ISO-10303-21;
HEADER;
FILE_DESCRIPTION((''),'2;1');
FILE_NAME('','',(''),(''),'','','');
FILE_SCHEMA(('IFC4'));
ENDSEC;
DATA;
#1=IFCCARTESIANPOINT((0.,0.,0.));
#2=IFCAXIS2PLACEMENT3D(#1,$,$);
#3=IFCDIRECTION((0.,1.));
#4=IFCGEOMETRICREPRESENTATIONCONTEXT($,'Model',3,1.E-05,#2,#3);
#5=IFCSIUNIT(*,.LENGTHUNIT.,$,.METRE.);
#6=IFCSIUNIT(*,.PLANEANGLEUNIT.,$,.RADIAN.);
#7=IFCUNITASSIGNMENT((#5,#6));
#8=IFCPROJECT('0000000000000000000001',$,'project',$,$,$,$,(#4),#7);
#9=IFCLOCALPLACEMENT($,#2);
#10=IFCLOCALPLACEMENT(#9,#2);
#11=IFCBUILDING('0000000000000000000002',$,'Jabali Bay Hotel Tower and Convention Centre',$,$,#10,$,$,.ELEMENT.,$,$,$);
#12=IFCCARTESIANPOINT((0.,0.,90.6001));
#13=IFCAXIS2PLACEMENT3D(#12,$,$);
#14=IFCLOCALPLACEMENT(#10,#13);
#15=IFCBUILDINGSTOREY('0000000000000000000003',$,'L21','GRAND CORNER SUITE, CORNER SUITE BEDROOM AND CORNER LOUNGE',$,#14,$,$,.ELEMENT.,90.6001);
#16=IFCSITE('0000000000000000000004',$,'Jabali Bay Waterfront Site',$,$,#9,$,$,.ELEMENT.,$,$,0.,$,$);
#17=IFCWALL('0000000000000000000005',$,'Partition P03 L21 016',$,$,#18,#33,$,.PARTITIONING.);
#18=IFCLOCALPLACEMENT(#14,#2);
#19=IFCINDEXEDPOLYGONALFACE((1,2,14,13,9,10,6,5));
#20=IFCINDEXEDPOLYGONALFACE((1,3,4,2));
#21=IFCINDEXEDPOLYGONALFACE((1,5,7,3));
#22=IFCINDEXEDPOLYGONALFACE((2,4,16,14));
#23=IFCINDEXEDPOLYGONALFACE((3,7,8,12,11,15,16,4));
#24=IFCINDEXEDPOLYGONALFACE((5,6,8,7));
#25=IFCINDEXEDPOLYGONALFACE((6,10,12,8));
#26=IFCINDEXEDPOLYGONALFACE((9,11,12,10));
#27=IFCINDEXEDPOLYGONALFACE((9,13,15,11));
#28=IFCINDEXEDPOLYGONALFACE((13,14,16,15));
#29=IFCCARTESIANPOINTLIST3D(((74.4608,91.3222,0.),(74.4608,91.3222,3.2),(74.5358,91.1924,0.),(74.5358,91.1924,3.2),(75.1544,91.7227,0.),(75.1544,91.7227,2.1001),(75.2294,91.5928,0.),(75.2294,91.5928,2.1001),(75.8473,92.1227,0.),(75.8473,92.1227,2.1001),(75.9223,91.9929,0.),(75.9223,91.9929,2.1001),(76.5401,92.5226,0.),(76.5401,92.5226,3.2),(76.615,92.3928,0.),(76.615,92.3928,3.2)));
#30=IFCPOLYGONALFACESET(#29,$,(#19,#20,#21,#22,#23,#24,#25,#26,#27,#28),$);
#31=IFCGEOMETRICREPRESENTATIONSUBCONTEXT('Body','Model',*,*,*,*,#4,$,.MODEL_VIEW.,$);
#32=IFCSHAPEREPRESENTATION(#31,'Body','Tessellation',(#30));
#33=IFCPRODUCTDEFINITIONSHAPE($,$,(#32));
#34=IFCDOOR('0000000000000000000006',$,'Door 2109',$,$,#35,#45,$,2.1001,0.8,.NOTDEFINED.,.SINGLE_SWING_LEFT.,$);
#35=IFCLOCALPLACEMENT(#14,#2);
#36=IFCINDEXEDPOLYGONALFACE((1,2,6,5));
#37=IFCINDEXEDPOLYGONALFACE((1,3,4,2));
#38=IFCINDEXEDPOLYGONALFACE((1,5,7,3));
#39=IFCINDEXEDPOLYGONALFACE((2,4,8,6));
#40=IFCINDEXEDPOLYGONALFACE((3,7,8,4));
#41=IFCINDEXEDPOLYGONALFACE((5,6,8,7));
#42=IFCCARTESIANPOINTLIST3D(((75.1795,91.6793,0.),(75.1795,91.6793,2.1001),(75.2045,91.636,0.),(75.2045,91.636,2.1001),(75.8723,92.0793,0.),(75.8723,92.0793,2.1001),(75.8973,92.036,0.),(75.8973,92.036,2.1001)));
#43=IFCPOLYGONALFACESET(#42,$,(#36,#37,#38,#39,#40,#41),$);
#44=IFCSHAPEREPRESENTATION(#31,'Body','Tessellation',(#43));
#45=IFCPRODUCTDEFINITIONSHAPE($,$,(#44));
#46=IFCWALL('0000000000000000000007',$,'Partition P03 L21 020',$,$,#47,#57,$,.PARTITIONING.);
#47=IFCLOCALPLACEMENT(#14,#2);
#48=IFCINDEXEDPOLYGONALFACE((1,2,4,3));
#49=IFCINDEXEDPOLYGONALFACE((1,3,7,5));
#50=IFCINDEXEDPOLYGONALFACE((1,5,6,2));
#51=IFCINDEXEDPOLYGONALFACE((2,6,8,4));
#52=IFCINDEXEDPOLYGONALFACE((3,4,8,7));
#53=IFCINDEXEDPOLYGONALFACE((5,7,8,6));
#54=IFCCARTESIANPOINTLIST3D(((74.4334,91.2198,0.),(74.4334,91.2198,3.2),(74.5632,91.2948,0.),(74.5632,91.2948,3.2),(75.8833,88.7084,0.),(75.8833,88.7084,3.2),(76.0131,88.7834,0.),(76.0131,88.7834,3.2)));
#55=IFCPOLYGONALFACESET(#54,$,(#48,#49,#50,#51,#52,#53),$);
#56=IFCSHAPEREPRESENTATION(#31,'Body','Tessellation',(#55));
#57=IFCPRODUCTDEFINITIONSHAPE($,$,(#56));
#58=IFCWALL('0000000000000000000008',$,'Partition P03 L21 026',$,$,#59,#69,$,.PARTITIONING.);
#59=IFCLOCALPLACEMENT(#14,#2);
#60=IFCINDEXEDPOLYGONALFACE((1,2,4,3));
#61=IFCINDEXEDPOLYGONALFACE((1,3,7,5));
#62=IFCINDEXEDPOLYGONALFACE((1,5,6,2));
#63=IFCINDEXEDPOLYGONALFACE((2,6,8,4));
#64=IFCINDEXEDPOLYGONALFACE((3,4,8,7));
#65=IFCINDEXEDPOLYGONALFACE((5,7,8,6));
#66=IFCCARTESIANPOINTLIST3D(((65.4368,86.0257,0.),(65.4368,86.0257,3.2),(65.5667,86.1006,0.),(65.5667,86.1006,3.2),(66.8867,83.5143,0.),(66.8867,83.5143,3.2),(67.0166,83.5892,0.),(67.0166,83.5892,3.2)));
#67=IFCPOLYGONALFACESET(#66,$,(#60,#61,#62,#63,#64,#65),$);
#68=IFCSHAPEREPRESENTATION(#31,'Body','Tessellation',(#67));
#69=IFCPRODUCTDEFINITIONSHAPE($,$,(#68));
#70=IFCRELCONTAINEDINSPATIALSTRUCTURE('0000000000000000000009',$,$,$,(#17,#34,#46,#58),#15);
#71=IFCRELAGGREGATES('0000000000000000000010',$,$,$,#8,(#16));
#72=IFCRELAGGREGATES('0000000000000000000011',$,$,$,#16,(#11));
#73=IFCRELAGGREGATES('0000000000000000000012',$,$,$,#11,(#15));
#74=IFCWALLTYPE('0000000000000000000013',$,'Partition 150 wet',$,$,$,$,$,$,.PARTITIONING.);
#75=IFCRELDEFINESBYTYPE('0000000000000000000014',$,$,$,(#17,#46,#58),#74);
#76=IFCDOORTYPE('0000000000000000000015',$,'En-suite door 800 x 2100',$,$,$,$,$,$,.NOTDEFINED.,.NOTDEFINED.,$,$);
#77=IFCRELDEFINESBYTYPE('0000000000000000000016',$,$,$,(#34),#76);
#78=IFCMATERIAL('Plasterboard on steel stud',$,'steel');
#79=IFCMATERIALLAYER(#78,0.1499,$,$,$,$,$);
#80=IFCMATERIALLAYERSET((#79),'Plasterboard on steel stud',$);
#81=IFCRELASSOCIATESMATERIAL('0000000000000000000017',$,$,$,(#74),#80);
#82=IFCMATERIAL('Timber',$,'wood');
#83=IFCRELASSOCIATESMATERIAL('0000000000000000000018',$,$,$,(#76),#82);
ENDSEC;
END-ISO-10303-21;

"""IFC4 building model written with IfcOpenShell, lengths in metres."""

from ifc_helpers import new_model, si_unit, direction, frame, frame_2d, origin, place, context, subcontext, project, spatial, rectangle, extrude, material, layer, layer_set, type_object, element, fill, save


model = new_model("IFC4")

# Units and contexts
model_context = context("Model", 3, precision=1e-05, world=origin(), true_north=direction((0.0, 1.0)))
body_context = subcontext(model_context, "Body", "Model", "MODEL_VIEW")
ifc_project = project(units=[si_unit("LENGTHUNIT", "METRE"), si_unit("PLANEANGLEUNIT", "RADIAN")], contexts=[model_context])

# Site, building, storey
site_placement = place(None, origin())
site = spatial("IfcSite", under=ifc_project, at=site_placement, Name="Jabali Bay Waterfront Site", CompositionType="ELEMENT", RefElevation=0.0)
building_placement = place(site_placement, origin())
building = spatial("IfcBuilding", under=site, at=building_placement, Name="Jabali Bay Hotel Tower and Convention Centre", CompositionType="ELEMENT")
storey_placement = place(building_placement, frame((0.0, 0.0, 90.6001)))
storey = spatial("IfcBuildingStorey", under=building, at=storey_placement, Name="L21", Description="GRAND CORNER SUITE, CORNER SUITE BEDROOM AND CORNER LOUNGE", CompositionType="ELEMENT", Elevation=90.6001)

# Shared definitions
ifc_material_1 = material(Name="Timber", Category="wood")

# Shared definitions
ifc_material_2 = material(Name="Plasterboard on steel stud", Category="steel")

# Wall, opening, door
ifc_layer_1 = layer(ifc_material_2, 0.1499)
ifc_layer_set_1 = layer_set([ifc_layer_1], Name="Plasterboard on steel stud")
wall_type_1 = type_object("IfcWallType", Name="Partition 150 wet", PredefinedType="PARTITIONING", material=ifc_layer_set_1)
wall_1_placement = place(storey_placement, frame((74.4983, 91.2573, 0.0), z_axis=(0.0, 0.0, 1.0), x_axis=(0.866038, 0.499978, 0.0)))
wall_1 = element("IfcWall", 1, at=wall_1_placement, inside=storey, type_object=wall_type_1, Name="Partition P03 L21 016", PredefinedType="PARTITIONING", context=body_context, shape_type="SweptSolid", body=[
    extrude(rectangle(XDim=2.4009, YDim=0.1499, at=frame_2d((1.2004, 0.0))), origin(), (0.0, 0.0, 1.0), 3.2),
])
opening_1_placement = place(wall_1_placement, frame((0.801, 0.0, 0.0)))
opening_1 = element("IfcOpeningElement", 2, at=opening_1_placement, cuts=wall_1, PredefinedType="OPENING", context=body_context, shape_type="SweptSolid", body=[
    extrude(rectangle(XDim=0.8, YDim=2.1001, at=frame_2d((0.3999, 1.05))), frame((0.0, 0.0854, 0.0), z_axis=(0.0, -1.0, 0.0), x_axis=(1.0, 0.0, 0.0)), (0.0, 0.0, 1.0), 0.1709),
])
door_type_1 = type_object("IfcDoorType", Name="En-suite door 800 x 2100", OperationType="NOTDEFINED", PredefinedType="NOTDEFINED", material=ifc_material_1)
door_1_placement = place(opening_1_placement, origin())
door_1 = element("IfcDoor", 3, at=door_1_placement, inside=storey, type_object=door_type_1, Name="Door 2109", OperationType="SINGLE_SWING_LEFT", OverallHeight=2.1001, OverallWidth=0.8, PredefinedType="NOTDEFINED", context=body_context, shape_type="SweptSolid", body=[
    extrude(rectangle(XDim=0.8, YDim=2.1001, at=frame_2d((0.3999, 1.05))), frame((0.0, 0.0249, 0.0), z_axis=(0.0, -1.0, 0.0), x_axis=(1.0, 0.0, 0.0)), (0.0, 0.0, 1.0), 0.05),
])
fill(opening_1, door_1)

# Walls
for number, where, z_axis, x_axis, name in (
    (4, (74.4983, 91.2573, 0.0), (0.0, 0.0, 1.0), (0.499987, -0.866033, 0.0), "Partition P03 L21 020"),
    (5, (66.9517, 83.5518, 0.0), (0.0, 0.0, 1.0), (-0.499987, 0.866033, 0.0), "Partition P03 L21 026"),
):
    element("IfcWall", number, at=place(storey_placement, frame(where, z_axis=z_axis, x_axis=x_axis)), inside=storey, type_object=wall_type_1, Name=name, PredefinedType="PARTITIONING", context=body_context, shape_type="SweptSolid", body=[
        extrude(rectangle(XDim=2.8999, YDim=0.1499, at=frame_2d((1.45, 0.0))), origin(), (0.0, 0.0, 1.0), 3.2),
    ])

save(model, "model.ifc")
